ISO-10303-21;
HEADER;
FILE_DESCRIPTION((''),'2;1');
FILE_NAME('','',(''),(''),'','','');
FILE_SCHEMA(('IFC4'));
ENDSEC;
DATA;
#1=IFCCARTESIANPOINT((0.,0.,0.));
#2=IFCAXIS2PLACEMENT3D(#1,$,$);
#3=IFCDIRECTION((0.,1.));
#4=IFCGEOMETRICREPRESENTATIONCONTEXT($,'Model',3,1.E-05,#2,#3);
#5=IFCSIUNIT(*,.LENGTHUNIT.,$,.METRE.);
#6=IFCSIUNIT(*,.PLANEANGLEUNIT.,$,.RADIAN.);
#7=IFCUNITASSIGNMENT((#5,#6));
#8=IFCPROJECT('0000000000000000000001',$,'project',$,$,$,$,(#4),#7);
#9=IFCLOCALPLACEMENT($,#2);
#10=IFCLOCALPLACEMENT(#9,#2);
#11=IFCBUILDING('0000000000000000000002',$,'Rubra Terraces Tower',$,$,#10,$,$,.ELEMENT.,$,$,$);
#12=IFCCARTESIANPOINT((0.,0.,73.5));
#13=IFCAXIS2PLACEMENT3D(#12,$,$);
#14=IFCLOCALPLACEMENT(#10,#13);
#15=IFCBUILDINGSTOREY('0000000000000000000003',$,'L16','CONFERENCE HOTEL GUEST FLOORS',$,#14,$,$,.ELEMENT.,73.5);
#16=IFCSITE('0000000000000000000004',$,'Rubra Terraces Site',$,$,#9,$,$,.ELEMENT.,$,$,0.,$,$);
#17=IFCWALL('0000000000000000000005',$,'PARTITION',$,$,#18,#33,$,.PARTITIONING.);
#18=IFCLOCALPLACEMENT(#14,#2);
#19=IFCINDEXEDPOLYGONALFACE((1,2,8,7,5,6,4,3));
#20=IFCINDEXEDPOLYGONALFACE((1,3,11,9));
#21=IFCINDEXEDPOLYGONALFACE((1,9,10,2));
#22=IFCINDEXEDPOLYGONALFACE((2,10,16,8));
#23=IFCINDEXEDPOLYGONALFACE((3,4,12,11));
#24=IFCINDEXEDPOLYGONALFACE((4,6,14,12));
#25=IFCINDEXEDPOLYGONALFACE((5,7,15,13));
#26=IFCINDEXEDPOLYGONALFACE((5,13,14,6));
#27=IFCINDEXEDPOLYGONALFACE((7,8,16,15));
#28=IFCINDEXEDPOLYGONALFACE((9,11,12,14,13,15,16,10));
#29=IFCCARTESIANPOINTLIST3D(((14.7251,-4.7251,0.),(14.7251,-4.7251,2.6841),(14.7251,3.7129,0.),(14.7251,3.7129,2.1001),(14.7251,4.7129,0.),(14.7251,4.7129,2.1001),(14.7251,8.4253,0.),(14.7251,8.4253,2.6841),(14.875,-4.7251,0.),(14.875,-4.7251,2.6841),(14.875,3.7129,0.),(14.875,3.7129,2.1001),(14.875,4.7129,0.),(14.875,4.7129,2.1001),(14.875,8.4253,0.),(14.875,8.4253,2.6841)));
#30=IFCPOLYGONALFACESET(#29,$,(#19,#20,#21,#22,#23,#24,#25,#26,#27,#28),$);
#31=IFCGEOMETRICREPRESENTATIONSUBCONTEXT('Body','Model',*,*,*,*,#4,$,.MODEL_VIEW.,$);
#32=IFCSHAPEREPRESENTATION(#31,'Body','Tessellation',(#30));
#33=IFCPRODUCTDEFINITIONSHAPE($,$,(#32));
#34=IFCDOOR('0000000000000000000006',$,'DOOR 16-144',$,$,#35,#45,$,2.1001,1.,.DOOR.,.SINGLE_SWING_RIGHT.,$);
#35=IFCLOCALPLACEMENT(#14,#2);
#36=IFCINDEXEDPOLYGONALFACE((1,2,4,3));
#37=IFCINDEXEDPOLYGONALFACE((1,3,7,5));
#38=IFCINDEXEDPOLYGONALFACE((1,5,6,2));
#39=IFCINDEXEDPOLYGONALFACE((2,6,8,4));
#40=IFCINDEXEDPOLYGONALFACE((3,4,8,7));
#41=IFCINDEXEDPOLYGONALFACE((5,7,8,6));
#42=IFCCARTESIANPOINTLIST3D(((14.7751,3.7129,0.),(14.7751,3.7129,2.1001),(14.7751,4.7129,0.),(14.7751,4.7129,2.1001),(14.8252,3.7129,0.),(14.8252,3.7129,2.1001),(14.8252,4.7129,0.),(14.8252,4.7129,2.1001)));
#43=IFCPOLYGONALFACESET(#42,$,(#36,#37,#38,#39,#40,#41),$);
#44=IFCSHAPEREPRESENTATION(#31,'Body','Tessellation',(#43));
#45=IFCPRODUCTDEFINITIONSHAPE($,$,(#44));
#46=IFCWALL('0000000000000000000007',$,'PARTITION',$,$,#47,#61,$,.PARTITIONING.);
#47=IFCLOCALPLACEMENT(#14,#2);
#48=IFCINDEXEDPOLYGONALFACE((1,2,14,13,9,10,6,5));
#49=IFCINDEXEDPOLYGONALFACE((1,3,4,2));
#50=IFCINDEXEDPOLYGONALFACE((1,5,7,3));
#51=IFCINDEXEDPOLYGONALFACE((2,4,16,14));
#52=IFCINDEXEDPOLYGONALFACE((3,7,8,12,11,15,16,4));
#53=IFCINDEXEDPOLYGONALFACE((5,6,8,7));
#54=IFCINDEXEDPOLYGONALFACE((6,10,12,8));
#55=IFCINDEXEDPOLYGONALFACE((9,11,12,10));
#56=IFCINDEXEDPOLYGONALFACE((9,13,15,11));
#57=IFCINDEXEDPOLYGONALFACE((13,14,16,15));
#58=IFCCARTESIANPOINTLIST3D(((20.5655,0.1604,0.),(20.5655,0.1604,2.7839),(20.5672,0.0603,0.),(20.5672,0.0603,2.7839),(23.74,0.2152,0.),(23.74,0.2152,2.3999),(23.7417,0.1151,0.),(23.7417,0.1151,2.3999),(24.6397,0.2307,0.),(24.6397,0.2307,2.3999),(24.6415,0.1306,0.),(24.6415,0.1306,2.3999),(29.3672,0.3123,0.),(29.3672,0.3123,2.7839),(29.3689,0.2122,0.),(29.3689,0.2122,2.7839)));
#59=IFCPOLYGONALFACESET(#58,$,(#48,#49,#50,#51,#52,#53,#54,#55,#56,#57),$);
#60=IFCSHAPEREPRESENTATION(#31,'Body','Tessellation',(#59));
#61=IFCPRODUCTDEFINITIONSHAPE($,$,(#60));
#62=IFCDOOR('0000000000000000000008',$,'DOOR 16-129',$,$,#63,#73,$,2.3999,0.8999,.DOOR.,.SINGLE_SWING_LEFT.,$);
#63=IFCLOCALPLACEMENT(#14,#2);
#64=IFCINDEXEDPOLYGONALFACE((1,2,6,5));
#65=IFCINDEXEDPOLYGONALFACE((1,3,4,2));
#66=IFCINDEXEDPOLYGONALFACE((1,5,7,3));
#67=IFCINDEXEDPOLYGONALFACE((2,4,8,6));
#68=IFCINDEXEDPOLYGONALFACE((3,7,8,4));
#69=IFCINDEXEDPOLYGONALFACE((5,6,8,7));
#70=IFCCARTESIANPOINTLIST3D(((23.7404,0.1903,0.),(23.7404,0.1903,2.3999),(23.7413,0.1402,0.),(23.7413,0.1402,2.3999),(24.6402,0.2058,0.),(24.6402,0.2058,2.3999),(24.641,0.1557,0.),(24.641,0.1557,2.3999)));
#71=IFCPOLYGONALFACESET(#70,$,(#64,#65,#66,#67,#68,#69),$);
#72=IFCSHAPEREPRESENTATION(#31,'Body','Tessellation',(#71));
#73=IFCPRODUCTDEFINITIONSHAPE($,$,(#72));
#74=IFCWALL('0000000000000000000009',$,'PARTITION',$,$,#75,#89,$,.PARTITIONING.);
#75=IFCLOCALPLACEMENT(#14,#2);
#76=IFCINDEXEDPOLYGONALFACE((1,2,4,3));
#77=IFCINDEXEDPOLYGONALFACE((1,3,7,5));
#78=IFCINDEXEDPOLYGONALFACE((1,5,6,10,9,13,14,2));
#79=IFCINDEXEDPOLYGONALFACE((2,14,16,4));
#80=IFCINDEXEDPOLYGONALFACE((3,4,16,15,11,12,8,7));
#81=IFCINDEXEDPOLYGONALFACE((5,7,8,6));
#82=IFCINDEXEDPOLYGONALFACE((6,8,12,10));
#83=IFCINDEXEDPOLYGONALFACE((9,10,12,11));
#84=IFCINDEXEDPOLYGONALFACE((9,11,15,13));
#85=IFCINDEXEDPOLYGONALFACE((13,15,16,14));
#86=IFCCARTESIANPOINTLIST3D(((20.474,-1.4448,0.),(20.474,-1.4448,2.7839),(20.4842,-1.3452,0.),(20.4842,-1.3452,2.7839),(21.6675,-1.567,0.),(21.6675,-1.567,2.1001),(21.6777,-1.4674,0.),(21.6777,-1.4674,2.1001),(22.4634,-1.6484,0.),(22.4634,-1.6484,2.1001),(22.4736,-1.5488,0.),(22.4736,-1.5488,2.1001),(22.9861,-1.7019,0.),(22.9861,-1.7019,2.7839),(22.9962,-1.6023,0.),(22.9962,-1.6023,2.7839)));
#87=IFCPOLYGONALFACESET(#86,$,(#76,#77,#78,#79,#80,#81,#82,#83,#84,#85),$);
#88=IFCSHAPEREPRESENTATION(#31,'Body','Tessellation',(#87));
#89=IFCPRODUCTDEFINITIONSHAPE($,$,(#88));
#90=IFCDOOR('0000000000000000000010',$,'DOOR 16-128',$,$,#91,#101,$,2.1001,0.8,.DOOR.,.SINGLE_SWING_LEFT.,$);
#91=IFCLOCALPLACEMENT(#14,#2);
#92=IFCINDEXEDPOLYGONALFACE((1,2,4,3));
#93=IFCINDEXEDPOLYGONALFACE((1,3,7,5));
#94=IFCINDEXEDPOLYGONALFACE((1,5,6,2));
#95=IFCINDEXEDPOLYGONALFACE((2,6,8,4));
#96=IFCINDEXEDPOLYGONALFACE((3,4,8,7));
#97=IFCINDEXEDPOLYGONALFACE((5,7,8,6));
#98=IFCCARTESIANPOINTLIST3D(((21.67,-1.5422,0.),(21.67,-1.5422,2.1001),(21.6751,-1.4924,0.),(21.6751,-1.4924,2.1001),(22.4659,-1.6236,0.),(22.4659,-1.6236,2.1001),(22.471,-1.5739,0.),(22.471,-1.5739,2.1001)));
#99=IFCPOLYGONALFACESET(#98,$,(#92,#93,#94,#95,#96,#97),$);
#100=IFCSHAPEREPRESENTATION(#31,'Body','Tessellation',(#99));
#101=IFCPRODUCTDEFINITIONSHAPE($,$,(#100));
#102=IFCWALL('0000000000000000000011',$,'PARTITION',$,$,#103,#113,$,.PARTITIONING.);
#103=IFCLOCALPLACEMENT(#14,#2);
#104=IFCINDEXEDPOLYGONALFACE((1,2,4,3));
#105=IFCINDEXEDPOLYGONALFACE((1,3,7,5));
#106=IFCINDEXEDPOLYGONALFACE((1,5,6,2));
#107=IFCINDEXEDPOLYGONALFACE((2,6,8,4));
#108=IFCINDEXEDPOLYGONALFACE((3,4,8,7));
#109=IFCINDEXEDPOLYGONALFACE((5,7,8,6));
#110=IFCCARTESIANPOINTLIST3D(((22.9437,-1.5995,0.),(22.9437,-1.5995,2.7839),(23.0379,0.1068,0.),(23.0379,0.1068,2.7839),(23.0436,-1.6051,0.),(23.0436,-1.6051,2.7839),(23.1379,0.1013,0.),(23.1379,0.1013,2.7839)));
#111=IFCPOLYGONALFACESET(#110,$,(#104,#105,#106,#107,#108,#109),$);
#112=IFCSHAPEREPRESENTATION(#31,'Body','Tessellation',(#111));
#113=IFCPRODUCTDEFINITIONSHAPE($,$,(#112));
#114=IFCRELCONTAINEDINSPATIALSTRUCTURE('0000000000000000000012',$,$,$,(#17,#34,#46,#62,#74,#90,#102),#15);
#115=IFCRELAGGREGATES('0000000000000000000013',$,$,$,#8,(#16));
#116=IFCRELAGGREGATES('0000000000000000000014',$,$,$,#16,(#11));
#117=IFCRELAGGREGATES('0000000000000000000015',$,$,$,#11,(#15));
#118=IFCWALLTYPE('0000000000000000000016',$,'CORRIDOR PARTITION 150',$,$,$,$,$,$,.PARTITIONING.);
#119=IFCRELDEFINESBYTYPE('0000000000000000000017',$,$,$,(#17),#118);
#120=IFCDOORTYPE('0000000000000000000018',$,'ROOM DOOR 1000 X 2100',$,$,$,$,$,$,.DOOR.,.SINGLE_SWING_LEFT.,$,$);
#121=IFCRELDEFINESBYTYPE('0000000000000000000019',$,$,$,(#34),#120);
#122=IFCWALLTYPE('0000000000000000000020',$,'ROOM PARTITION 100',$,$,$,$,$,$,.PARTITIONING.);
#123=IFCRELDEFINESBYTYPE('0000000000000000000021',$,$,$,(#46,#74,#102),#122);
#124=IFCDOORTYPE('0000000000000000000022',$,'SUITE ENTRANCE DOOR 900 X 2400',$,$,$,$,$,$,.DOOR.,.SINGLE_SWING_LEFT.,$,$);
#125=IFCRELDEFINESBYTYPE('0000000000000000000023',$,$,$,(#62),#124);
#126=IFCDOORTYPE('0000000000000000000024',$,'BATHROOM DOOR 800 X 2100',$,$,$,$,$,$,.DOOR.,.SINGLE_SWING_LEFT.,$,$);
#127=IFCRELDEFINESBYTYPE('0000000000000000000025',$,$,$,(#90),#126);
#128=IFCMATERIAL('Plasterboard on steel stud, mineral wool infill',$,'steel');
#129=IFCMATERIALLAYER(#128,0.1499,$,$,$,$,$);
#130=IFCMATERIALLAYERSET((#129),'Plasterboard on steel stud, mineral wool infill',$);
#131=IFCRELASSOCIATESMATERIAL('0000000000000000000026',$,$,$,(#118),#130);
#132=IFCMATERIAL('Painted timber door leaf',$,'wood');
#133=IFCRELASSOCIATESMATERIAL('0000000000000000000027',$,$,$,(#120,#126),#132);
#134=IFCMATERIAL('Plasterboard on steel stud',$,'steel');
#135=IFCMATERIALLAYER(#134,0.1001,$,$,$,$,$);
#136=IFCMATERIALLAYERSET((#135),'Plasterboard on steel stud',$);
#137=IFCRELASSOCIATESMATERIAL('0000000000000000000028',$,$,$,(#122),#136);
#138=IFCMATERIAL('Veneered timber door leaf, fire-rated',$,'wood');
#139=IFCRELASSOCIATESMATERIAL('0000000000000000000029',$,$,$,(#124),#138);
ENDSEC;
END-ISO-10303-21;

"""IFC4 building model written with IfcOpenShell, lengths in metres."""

from ifc_helpers import new_model, si_unit, direction, frame, frame_2d, origin, place, context, subcontext, project, spatial, rectangle, extrude, material, layer, layer_set, type_object, element, fill, save


model = new_model("IFC4")

# Units and contexts
model_context = context("Model", 3, precision=1e-05, world=origin(), true_north=direction((0.0, 1.0)))
body_context = subcontext(model_context, "Body", "Model", "MODEL_VIEW")
ifc_project = project(units=[si_unit("LENGTHUNIT", "METRE"), si_unit("PLANEANGLEUNIT", "RADIAN")], contexts=[model_context])

# Site, building, storey
site_placement = place(None, origin())
site = spatial("IfcSite", under=ifc_project, at=site_placement, Name="Rubra Terraces Site", CompositionType="ELEMENT", RefElevation=0.0)
building_placement = place(site_placement, origin())
building = spatial("IfcBuilding", under=site, at=building_placement, Name="Rubra Terraces Tower", CompositionType="ELEMENT")
storey_placement = place(building_placement, frame((0.0, 0.0, 73.5)))
storey = spatial("IfcBuildingStorey", under=building, at=storey_placement, Name="L16", Description="CONFERENCE HOTEL GUEST FLOORS", CompositionType="ELEMENT", Elevation=73.5)

# Shared definitions
ifc_material_1 = material(Name="Plasterboard on steel stud, mineral wool infill", Category="steel")
ifc_layer_1 = layer(ifc_material_1, 0.1499)
ifc_layer_set_1 = layer_set([ifc_layer_1], Name="Plasterboard on steel stud, mineral wool infill")
wall_type_1 = type_object("IfcWallType", Name="CORRIDOR PARTITION 150", PredefinedType="PARTITIONING", material=ifc_layer_set_1)

# Shared definitions
ifc_material_2 = material(Name="Painted timber door leaf", Category="wood")
door_type_1 = type_object("IfcDoorType", Name="ROOM DOOR 1000 X 2100", OperationType="SINGLE_SWING_LEFT", PredefinedType="DOOR", material=ifc_material_2)

# Walls, openings, doors
wall_1_placement = place(storey_placement, frame((14.8, -4.7251, 0.0), z_axis=(0.0, 0.0, 1.0), x_axis=(0.0, 1.0, 0.0)))
wall_1 = element("IfcWall", 1, at=wall_1_placement, inside=storey, type_object=wall_type_1, Name="PARTITION", PredefinedType="PARTITIONING", context=body_context, shape_type="SweptSolid", body=[
    extrude(rectangle(XDim=13.1504, YDim=0.1499, at=frame_2d((6.5752, 0.0))), origin(), (0.0, 0.0, 1.0), 2.6841),
])
opening_1_placement = place(wall_1_placement, frame((8.438, 0.0, 0.0)))
opening_1 = element("IfcOpeningElement", 2, at=opening_1_placement, cuts=wall_1, PredefinedType="OPENING", context=body_context, shape_type="SweptSolid", body=[
    extrude(rectangle(XDim=1.0, YDim=2.1001, at=frame_2d((0.5, 1.05))), frame((0.0, 0.085, 0.0), z_axis=(0.0, -1.0, 0.0), x_axis=(1.0, 0.0, 0.0)), (0.0, 0.0, 1.0), 0.1699),
])
door_1_placement = place(opening_1_placement, origin())
door_1 = element("IfcDoor", 3, at=door_1_placement, inside=storey, type_object=door_type_1, Name="DOOR 16-144", OperationType="SINGLE_SWING_RIGHT", OverallHeight=2.1001, OverallWidth=1.0, PredefinedType="DOOR", context=body_context, shape_type="SweptSolid", body=[
    extrude(rectangle(XDim=1.0, YDim=2.1001, at=frame_2d((0.5, 1.05))), frame((0.0, 0.0249, 0.0), z_axis=(0.0, -1.0, 0.0), x_axis=(1.0, 0.0, 0.0)), (0.0, 0.0, 1.0), 0.05),
])
fill(opening_1, door_1)
ifc_material_3 = material(Name="Plasterboard on steel stud", Category="steel")
ifc_layer_2 = layer(ifc_material_3, 0.1001)
ifc_layer_set_2 = layer_set([ifc_layer_2], Name="Plasterboard on steel stud")
wall_type_2 = type_object("IfcWallType", Name="ROOM PARTITION 100", PredefinedType="PARTITIONING", material=ifc_layer_set_2)
wall_2_placement = place(storey_placement, frame((29.3679, 0.2622, 0.0), z_axis=(0.0, 0.0, 1.0), x_axis=(-0.999851, -0.01725, 0.0)))
wall_2 = element("IfcWall", 4, at=wall_2_placement, inside=storey, type_object=wall_type_2, Name="PARTITION", PredefinedType="PARTITIONING", context=body_context, shape_type="SweptSolid", body=[
    extrude(rectangle(XDim=8.803, YDim=0.1001, at=frame_2d((4.4014, 0.0))), origin(), (0.0, 0.0, 1.0), 2.7839),
])
opening_2_placement = place(wall_2_placement, frame((4.728, 0.0, 0.0)))
opening_2 = element("IfcOpeningElement", 5, at=opening_2_placement, cuts=wall_2, PredefinedType="OPENING", context=body_context, shape_type="SweptSolid", body=[
    extrude(rectangle(XDim=0.8999, YDim=2.3999, at=frame_2d((0.45, 1.2))), frame((0.0, 0.0601, 0.0), z_axis=(0.0, -1.0, 0.0), x_axis=(1.0, 0.0, 0.0)), (0.0, 0.0, 1.0), 0.1201),
])
ifc_material_4 = material(Name="Veneered timber door leaf, fire-rated", Category="wood")
door_type_2 = type_object("IfcDoorType", Name="SUITE ENTRANCE DOOR 900 X 2400", OperationType="SINGLE_SWING_LEFT", PredefinedType="DOOR", material=ifc_material_4)
door_2_placement = place(opening_2_placement, origin())
door_2 = element("IfcDoor", 6, at=door_2_placement, inside=storey, type_object=door_type_2, Name="DOOR 16-129", OperationType="SINGLE_SWING_LEFT", OverallHeight=2.3999, OverallWidth=0.8999, PredefinedType="DOOR", context=body_context, shape_type="SweptSolid", body=[
    extrude(rectangle(XDim=0.8999, YDim=2.3999, at=frame_2d((0.45, 1.2))), frame((0.0, 0.0249, 0.0), z_axis=(0.0, -1.0, 0.0), x_axis=(1.0, 0.0, 0.0)), (0.0, 0.0, 1.0), 0.05),
])
fill(opening_2, door_2)
wall_3_placement = place(storey_placement, frame((20.479, -1.395, 0.0), z_axis=(0.0, 0.0, 1.0), x_axis=(0.994804, -0.101811, 0.0)))
wall_3 = element("IfcWall", 7, at=wall_3_placement, inside=storey, type_object=wall_type_2, Name="PARTITION", PredefinedType="PARTITIONING", context=body_context, shape_type="SweptSolid", body=[
    extrude(rectangle(XDim=2.5251, YDim=0.1001, at=frame_2d((1.2627, 0.0))), origin(), (0.0, 0.0, 1.0), 2.7839),
])
opening_3_placement = place(wall_3_placement, frame((1.2, 0.0, 0.0)))
opening_3 = element("IfcOpeningElement", 8, at=opening_3_placement, cuts=wall_3, PredefinedType="OPENING", context=body_context, shape_type="SweptSolid", body=[
    extrude(rectangle(XDim=0.8, YDim=2.1001, at=frame_2d((0.3999, 1.05))), frame((0.0, 0.0601, 0.0), z_axis=(0.0, -1.0, 0.0), x_axis=(1.0, 0.0, 0.0)), (0.0, 0.0, 1.0), 0.1201),
])
door_type_3 = type_object("IfcDoorType", Name="BATHROOM DOOR 800 X 2100", OperationType="SINGLE_SWING_LEFT", PredefinedType="DOOR", material=ifc_material_2)
door_3_placement = place(opening_3_placement, origin())
door_3 = element("IfcDoor", 9, at=door_3_placement, inside=storey, type_object=door_type_3, Name="DOOR 16-128", OperationType="SINGLE_SWING_LEFT", OverallHeight=2.1001, OverallWidth=0.8, PredefinedType="DOOR", context=body_context, shape_type="SweptSolid", body=[
    extrude(rectangle(XDim=0.8, YDim=2.1001, at=frame_2d((0.3999, 1.05))), frame((0.0, 0.0249, 0.0), z_axis=(0.0, -1.0, 0.0), x_axis=(1.0, 0.0, 0.0)), (0.0, 0.0, 1.0), 0.05),
])
fill(opening_3, door_3)

# Wall
wall_4_placement = place(storey_placement, frame((22.9937, -1.6023, 0.0), z_axis=(0.0, 0.0, 1.0), x_axis=(0.055146, 0.998478, 0.0)))
element("IfcWall", 10, at=wall_4_placement, inside=storey, type_object=wall_type_2, Name="PARTITION", PredefinedType="PARTITIONING", context=body_context, shape_type="SweptSolid", body=[
    extrude(rectangle(XDim=1.709, YDim=0.1001, at=frame_2d((0.8545, 0.0))), origin(), (0.0, 0.0, 1.0), 2.7839),
])

save(model, "model.ifc")
